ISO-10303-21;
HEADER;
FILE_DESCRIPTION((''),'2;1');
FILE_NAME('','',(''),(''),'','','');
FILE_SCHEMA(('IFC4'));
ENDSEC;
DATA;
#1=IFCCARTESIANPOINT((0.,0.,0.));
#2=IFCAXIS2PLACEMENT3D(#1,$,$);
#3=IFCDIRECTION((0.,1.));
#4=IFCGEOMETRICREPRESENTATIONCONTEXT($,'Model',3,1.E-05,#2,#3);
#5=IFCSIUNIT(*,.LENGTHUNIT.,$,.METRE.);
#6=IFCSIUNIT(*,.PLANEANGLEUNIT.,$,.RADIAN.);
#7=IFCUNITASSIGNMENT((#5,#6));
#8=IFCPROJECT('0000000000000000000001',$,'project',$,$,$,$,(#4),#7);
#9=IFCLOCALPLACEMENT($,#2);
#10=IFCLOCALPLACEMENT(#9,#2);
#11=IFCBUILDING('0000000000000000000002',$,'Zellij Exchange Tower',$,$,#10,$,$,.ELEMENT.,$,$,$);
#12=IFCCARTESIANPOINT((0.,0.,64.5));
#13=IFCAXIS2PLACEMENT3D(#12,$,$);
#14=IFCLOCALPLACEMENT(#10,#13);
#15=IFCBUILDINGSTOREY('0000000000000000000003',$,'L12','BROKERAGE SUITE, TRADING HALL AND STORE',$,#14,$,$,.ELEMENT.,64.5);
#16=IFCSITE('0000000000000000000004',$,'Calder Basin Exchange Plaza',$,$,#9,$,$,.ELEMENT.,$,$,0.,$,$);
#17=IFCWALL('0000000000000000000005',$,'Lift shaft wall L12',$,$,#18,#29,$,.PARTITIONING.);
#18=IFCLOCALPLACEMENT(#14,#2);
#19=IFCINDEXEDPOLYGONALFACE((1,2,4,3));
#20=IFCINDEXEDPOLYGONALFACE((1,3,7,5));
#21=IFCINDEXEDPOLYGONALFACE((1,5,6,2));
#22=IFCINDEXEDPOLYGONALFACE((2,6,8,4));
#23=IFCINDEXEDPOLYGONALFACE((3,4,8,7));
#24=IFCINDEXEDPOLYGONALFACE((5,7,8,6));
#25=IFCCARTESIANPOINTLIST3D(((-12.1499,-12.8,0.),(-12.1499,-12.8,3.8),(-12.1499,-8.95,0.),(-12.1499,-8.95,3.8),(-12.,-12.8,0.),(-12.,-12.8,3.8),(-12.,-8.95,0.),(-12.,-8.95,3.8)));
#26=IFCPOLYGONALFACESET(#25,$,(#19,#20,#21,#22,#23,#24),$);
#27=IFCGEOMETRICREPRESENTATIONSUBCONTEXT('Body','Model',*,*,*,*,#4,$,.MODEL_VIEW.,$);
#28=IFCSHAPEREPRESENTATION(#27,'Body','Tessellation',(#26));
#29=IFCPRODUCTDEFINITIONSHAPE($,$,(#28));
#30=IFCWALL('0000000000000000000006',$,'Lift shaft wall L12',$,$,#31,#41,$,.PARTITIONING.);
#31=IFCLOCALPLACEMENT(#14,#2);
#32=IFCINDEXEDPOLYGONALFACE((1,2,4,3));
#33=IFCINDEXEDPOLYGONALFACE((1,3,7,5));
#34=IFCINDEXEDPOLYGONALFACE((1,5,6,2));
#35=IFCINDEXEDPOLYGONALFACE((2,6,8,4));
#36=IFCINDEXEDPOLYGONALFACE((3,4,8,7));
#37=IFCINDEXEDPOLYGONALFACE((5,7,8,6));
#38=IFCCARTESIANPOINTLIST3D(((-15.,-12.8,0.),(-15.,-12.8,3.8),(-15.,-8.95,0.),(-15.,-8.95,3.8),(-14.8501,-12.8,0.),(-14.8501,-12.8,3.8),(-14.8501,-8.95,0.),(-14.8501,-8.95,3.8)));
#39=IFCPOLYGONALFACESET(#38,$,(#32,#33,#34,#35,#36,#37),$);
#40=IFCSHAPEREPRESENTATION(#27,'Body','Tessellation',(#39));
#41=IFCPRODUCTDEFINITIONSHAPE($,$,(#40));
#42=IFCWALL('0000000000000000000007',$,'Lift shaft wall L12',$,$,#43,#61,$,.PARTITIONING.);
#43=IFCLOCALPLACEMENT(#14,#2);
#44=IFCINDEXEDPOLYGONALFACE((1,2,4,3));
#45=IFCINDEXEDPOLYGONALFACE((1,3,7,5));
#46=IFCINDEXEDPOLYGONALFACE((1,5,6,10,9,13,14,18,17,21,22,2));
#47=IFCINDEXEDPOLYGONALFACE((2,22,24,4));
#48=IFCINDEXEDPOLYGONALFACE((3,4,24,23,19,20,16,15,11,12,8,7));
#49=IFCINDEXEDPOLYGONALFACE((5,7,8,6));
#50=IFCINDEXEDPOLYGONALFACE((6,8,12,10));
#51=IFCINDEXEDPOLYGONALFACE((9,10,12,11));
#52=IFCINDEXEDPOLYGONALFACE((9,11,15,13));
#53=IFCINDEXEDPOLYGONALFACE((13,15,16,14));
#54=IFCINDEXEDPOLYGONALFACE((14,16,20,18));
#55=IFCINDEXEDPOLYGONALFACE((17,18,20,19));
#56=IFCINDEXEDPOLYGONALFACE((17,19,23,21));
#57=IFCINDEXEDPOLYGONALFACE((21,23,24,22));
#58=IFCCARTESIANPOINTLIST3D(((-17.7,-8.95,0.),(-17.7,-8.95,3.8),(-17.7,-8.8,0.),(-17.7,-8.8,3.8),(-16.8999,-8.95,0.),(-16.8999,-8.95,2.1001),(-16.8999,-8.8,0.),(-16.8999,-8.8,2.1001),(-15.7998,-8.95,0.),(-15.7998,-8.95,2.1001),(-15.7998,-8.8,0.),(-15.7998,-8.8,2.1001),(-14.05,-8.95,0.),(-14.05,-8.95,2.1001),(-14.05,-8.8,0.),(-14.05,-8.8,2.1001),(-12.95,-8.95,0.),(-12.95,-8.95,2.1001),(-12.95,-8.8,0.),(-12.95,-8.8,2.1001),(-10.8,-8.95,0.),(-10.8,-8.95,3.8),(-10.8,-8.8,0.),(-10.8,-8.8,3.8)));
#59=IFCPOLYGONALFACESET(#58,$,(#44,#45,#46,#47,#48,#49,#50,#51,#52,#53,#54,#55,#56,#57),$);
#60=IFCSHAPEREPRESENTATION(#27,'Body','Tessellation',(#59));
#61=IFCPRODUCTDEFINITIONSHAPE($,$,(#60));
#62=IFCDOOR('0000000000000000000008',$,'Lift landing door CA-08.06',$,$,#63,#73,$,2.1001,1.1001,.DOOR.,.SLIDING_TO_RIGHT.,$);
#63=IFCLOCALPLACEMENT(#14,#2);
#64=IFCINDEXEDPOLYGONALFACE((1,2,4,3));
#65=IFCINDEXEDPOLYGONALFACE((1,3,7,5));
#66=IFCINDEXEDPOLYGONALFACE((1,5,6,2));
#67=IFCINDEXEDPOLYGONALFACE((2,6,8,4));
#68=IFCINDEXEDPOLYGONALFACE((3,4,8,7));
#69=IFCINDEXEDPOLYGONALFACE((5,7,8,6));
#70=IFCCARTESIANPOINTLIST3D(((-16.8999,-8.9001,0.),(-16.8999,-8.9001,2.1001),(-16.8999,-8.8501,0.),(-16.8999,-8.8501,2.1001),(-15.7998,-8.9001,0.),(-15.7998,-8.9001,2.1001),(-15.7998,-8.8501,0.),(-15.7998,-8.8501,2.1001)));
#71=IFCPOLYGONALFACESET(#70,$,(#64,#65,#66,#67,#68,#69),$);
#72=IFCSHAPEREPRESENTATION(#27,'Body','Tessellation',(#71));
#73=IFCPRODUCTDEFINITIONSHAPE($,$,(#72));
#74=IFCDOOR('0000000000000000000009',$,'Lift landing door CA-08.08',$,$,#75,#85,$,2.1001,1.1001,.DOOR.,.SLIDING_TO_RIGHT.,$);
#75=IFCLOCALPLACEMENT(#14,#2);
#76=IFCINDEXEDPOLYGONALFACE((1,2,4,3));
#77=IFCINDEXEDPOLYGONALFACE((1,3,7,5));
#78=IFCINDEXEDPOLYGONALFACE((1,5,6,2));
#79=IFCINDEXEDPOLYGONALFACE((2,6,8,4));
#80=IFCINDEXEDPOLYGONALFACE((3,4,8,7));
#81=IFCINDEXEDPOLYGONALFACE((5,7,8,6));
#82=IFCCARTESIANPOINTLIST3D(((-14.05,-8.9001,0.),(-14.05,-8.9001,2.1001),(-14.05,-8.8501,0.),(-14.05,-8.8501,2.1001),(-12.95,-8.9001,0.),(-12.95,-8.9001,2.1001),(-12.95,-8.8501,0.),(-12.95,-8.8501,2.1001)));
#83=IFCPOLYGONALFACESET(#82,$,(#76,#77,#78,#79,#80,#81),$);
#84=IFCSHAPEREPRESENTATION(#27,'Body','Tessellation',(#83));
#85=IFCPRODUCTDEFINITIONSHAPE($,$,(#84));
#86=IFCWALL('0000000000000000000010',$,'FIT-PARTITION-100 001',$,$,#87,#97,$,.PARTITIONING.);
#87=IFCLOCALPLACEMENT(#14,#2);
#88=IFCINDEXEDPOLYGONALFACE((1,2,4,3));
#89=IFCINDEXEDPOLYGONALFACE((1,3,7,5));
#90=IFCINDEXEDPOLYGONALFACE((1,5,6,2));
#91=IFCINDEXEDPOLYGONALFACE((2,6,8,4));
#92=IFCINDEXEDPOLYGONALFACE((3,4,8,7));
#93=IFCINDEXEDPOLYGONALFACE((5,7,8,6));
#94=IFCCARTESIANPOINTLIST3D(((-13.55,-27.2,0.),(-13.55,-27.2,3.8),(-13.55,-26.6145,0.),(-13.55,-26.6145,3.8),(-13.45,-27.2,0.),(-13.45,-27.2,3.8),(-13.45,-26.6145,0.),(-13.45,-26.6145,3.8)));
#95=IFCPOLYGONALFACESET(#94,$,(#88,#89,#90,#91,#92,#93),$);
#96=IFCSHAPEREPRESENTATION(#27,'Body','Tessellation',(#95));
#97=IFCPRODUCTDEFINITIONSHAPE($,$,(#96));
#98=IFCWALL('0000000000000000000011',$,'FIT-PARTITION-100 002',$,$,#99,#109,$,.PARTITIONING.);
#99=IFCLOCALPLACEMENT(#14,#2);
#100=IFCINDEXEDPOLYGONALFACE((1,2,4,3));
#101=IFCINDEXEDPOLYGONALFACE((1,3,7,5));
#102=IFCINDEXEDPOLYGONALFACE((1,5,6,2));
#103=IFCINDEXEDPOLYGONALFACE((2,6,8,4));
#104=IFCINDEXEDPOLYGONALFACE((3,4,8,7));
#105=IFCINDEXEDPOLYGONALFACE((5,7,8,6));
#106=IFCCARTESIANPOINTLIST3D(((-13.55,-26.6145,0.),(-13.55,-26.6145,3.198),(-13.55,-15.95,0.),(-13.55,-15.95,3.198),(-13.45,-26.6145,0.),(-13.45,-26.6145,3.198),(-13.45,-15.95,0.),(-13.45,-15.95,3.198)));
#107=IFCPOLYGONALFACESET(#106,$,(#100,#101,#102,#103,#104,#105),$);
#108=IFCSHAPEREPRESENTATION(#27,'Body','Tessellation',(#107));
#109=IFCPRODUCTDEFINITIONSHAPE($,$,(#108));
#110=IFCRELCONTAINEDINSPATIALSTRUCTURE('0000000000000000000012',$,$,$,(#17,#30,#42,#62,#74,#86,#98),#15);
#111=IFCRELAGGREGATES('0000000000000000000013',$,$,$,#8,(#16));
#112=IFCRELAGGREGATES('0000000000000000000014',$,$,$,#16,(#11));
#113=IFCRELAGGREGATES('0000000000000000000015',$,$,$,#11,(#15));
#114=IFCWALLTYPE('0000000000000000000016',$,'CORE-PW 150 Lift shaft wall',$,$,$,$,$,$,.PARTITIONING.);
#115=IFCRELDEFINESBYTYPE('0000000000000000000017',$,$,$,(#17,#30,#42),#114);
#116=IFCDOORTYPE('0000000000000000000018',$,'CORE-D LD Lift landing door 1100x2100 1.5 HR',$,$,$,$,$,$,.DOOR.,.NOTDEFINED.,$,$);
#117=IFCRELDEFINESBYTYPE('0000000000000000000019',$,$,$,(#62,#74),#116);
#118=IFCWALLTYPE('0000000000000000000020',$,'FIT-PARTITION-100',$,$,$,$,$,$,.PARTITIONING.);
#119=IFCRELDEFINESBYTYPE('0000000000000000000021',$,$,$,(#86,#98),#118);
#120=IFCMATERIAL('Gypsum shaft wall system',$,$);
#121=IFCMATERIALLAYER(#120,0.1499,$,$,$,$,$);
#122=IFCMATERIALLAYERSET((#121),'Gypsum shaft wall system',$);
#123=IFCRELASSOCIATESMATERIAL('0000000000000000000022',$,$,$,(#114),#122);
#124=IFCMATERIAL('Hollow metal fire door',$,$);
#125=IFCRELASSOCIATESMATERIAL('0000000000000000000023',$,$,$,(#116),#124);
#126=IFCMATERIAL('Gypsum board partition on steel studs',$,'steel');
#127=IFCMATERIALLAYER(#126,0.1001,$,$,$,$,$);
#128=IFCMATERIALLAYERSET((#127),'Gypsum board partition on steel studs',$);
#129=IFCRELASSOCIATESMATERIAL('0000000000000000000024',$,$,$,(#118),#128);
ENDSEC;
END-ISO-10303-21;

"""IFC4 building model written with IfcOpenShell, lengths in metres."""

from ifc_helpers import new_model, si_unit, direction, frame, frame_2d, origin, place, context, subcontext, project, spatial, rectangle, extrude, material, layer, layer_set, type_object, element, fill, save


model = new_model("IFC4")

# Units and contexts
model_context = context("Model", 3, precision=1e-05, world=origin(), true_north=direction((0.0, 1.0)))
body_context = subcontext(model_context, "Body", "Model", "MODEL_VIEW")
ifc_project = project(units=[si_unit("LENGTHUNIT", "METRE"), si_unit("PLANEANGLEUNIT", "RADIAN")], contexts=[model_context])

# Site, building, storey
site_placement = place(None, origin())
site = spatial("IfcSite", under=ifc_project, at=site_placement, Name="Calder Basin Exchange Plaza", CompositionType="ELEMENT", RefElevation=0.0)
building_placement = place(site_placement, origin())
building = spatial("IfcBuilding", under=site, at=building_placement, Name="Zellij Exchange Tower", CompositionType="ELEMENT")
storey_placement = place(building_placement, frame((0.0, 0.0, 64.5)))
storey = spatial("IfcBuildingStorey", under=building, at=storey_placement, Name="L12", Description="BROKERAGE SUITE, TRADING HALL AND STORE", CompositionType="ELEMENT", Elevation=64.5)

# Shared definitions
ifc_material_1 = material(Name="Hollow metal fire door")

# Walls
ifc_material_2 = material(Name="Gypsum shaft wall system")
ifc_layer_1 = layer(ifc_material_2, 0.1499)
ifc_layer_set_1 = layer_set([ifc_layer_1], Name="Gypsum shaft wall system")
wall_type_1 = type_object("IfcWallType", Name="CORE-PW 150 Lift shaft wall", PredefinedType="PARTITIONING", material=ifc_layer_set_1)
for number, where, z_axis, x_axis, name in (
    (1, (-12.075, -12.8, 0.0), (0.0, 0.0, 1.0), (0.0, 1.0, 0.0), "Lift shaft wall L12"),
    (2, (-14.925, -12.8, 0.0), (0.0, 0.0, 1.0), (0.0, 1.0, 0.0), "Lift shaft wall L12"),
):
    element("IfcWall", number, at=place(storey_placement, frame(where, z_axis=z_axis, x_axis=x_axis)), inside=storey, type_object=wall_type_1, Name=name, PredefinedType="PARTITIONING", context=body_context, shape_type="SweptSolid", body=[
        extrude(rectangle(XDim=3.8501, YDim=0.1499, at=frame_2d((1.925, 0.0))), origin(), (0.0, 0.0, 1.0), 3.8),
    ])

# Wall, openings, doors
wall_1_placement = place(storey_placement, frame((-17.7, -8.875, 0.0), z_axis=(0.0, 0.0, 1.0), x_axis=(1.0, 0.0, 0.0)))
wall_1 = element("IfcWall", 3, at=wall_1_placement, inside=storey, type_object=wall_type_1, Name="Lift shaft wall L12", PredefinedType="PARTITIONING", context=body_context, shape_type="SweptSolid", body=[
    extrude(rectangle(XDim=6.8999, YDim=0.1499, at=frame_2d((3.45, 0.0))), origin(), (0.0, 0.0, 1.0), 3.8),
])
opening_1_placement = place(wall_1_placement, frame((0.8, 0.0, 0.0)))
opening_1 = element("IfcOpeningElement", 4, at=opening_1_placement, cuts=wall_1, PredefinedType="OPENING", context=body_context, shape_type="SweptSolid", body=[
    extrude(rectangle(XDim=1.1001, YDim=2.1001, at=frame_2d((0.55, 1.05))), frame((0.0, 0.0869, 0.0), z_axis=(0.0, -1.0, 0.0), x_axis=(1.0, 0.0, 0.0)), (0.0, 0.0, 1.0), 0.1738),
])
opening_2_placement = place(wall_1_placement, frame((3.6499, 0.0, 0.0)))
opening_2 = element("IfcOpeningElement", 5, at=opening_2_placement, cuts=wall_1, PredefinedType="OPENING", context=body_context, shape_type="SweptSolid", body=[
    extrude(rectangle(XDim=1.1001, YDim=2.1001, at=frame_2d((0.55, 1.05))), frame((0.0, 0.0869, 0.0), z_axis=(0.0, -1.0, 0.0), x_axis=(1.0, 0.0, 0.0)), (0.0, 0.0, 1.0), 0.1738),
])
door_type_1 = type_object("IfcDoorType", Name="CORE-D LD Lift landing door 1100x2100 1.5 HR", OperationType="NOTDEFINED", PredefinedType="DOOR", material=ifc_material_1)
door_1_placement = place(opening_1_placement, origin())
door_1 = element("IfcDoor", 6, at=door_1_placement, inside=storey, type_object=door_type_1, Name="Lift landing door CA-08.06", OperationType="SLIDING_TO_RIGHT", OverallHeight=2.1001, OverallWidth=1.1001, PredefinedType="DOOR", context=body_context, shape_type="SweptSolid", body=[
    extrude(rectangle(XDim=1.1001, YDim=2.1001, at=frame_2d((0.55, 1.05))), frame((0.0, 0.0249, 0.0), z_axis=(0.0, -1.0, 0.0), x_axis=(1.0, 0.0, 0.0)), (0.0, 0.0, 1.0), 0.05),
])
fill(opening_1, door_1)
door_2_placement = place(opening_2_placement, origin())
door_2 = element("IfcDoor", 7, at=door_2_placement, inside=storey, type_object=door_type_1, Name="Lift landing door CA-08.08", OperationType="SLIDING_TO_RIGHT", OverallHeight=2.1001, OverallWidth=1.1001, PredefinedType="DOOR", context=body_context, shape_type="SweptSolid", body=[
    extrude(rectangle(XDim=1.1001, YDim=2.1001, at=frame_2d((0.55, 1.05))), frame((0.0, 0.0249, 0.0), z_axis=(0.0, -1.0, 0.0), x_axis=(1.0, 0.0, 0.0)), (0.0, 0.0, 1.0), 0.05),
])
fill(opening_2, door_2)

# Walls
ifc_material_3 = material(Name="Gypsum board partition on steel studs", Category="steel")
ifc_layer_2 = layer(ifc_material_3, 0.1001)
ifc_layer_set_2 = layer_set([ifc_layer_2], Name="Gypsum board partition on steel studs")
wall_type_2 = type_object("IfcWallType", Name="FIT-PARTITION-100", PredefinedType="PARTITIONING", material=ifc_layer_set_2)
wall_2_placement = place(storey_placement, frame((-13.5, -27.2, 0.0), z_axis=(0.0, 0.0, 1.0), x_axis=(0.0, 1.0, 0.0)))
element("IfcWall", 8, at=wall_2_placement, inside=storey, type_object=wall_type_2, Name="FIT-PARTITION-100 001", PredefinedType="PARTITIONING", context=body_context, shape_type="SweptSolid", body=[
    extrude(rectangle(XDim=0.5854, YDim=0.1001, at=frame_2d((0.2927, 0.0))), origin(), (0.0, 0.0, 1.0), 3.8),
])
wall_3_placement = place(storey_placement, frame((-13.5, -26.6145, 0.0), z_axis=(0.0, 0.0, 1.0), x_axis=(0.0, 1.0, 0.0)))
element("IfcWall", 9, at=wall_3_placement, inside=storey, type_object=wall_type_2, Name="FIT-PARTITION-100 002", PredefinedType="PARTITIONING", context=body_context, shape_type="SweptSolid", body=[
    extrude(rectangle(XDim=10.6646, YDim=0.1001, at=frame_2d((5.3323, 0.0))), origin(), (0.0, 0.0, 1.0), 3.198),
])

save(model, "model.ifc")
